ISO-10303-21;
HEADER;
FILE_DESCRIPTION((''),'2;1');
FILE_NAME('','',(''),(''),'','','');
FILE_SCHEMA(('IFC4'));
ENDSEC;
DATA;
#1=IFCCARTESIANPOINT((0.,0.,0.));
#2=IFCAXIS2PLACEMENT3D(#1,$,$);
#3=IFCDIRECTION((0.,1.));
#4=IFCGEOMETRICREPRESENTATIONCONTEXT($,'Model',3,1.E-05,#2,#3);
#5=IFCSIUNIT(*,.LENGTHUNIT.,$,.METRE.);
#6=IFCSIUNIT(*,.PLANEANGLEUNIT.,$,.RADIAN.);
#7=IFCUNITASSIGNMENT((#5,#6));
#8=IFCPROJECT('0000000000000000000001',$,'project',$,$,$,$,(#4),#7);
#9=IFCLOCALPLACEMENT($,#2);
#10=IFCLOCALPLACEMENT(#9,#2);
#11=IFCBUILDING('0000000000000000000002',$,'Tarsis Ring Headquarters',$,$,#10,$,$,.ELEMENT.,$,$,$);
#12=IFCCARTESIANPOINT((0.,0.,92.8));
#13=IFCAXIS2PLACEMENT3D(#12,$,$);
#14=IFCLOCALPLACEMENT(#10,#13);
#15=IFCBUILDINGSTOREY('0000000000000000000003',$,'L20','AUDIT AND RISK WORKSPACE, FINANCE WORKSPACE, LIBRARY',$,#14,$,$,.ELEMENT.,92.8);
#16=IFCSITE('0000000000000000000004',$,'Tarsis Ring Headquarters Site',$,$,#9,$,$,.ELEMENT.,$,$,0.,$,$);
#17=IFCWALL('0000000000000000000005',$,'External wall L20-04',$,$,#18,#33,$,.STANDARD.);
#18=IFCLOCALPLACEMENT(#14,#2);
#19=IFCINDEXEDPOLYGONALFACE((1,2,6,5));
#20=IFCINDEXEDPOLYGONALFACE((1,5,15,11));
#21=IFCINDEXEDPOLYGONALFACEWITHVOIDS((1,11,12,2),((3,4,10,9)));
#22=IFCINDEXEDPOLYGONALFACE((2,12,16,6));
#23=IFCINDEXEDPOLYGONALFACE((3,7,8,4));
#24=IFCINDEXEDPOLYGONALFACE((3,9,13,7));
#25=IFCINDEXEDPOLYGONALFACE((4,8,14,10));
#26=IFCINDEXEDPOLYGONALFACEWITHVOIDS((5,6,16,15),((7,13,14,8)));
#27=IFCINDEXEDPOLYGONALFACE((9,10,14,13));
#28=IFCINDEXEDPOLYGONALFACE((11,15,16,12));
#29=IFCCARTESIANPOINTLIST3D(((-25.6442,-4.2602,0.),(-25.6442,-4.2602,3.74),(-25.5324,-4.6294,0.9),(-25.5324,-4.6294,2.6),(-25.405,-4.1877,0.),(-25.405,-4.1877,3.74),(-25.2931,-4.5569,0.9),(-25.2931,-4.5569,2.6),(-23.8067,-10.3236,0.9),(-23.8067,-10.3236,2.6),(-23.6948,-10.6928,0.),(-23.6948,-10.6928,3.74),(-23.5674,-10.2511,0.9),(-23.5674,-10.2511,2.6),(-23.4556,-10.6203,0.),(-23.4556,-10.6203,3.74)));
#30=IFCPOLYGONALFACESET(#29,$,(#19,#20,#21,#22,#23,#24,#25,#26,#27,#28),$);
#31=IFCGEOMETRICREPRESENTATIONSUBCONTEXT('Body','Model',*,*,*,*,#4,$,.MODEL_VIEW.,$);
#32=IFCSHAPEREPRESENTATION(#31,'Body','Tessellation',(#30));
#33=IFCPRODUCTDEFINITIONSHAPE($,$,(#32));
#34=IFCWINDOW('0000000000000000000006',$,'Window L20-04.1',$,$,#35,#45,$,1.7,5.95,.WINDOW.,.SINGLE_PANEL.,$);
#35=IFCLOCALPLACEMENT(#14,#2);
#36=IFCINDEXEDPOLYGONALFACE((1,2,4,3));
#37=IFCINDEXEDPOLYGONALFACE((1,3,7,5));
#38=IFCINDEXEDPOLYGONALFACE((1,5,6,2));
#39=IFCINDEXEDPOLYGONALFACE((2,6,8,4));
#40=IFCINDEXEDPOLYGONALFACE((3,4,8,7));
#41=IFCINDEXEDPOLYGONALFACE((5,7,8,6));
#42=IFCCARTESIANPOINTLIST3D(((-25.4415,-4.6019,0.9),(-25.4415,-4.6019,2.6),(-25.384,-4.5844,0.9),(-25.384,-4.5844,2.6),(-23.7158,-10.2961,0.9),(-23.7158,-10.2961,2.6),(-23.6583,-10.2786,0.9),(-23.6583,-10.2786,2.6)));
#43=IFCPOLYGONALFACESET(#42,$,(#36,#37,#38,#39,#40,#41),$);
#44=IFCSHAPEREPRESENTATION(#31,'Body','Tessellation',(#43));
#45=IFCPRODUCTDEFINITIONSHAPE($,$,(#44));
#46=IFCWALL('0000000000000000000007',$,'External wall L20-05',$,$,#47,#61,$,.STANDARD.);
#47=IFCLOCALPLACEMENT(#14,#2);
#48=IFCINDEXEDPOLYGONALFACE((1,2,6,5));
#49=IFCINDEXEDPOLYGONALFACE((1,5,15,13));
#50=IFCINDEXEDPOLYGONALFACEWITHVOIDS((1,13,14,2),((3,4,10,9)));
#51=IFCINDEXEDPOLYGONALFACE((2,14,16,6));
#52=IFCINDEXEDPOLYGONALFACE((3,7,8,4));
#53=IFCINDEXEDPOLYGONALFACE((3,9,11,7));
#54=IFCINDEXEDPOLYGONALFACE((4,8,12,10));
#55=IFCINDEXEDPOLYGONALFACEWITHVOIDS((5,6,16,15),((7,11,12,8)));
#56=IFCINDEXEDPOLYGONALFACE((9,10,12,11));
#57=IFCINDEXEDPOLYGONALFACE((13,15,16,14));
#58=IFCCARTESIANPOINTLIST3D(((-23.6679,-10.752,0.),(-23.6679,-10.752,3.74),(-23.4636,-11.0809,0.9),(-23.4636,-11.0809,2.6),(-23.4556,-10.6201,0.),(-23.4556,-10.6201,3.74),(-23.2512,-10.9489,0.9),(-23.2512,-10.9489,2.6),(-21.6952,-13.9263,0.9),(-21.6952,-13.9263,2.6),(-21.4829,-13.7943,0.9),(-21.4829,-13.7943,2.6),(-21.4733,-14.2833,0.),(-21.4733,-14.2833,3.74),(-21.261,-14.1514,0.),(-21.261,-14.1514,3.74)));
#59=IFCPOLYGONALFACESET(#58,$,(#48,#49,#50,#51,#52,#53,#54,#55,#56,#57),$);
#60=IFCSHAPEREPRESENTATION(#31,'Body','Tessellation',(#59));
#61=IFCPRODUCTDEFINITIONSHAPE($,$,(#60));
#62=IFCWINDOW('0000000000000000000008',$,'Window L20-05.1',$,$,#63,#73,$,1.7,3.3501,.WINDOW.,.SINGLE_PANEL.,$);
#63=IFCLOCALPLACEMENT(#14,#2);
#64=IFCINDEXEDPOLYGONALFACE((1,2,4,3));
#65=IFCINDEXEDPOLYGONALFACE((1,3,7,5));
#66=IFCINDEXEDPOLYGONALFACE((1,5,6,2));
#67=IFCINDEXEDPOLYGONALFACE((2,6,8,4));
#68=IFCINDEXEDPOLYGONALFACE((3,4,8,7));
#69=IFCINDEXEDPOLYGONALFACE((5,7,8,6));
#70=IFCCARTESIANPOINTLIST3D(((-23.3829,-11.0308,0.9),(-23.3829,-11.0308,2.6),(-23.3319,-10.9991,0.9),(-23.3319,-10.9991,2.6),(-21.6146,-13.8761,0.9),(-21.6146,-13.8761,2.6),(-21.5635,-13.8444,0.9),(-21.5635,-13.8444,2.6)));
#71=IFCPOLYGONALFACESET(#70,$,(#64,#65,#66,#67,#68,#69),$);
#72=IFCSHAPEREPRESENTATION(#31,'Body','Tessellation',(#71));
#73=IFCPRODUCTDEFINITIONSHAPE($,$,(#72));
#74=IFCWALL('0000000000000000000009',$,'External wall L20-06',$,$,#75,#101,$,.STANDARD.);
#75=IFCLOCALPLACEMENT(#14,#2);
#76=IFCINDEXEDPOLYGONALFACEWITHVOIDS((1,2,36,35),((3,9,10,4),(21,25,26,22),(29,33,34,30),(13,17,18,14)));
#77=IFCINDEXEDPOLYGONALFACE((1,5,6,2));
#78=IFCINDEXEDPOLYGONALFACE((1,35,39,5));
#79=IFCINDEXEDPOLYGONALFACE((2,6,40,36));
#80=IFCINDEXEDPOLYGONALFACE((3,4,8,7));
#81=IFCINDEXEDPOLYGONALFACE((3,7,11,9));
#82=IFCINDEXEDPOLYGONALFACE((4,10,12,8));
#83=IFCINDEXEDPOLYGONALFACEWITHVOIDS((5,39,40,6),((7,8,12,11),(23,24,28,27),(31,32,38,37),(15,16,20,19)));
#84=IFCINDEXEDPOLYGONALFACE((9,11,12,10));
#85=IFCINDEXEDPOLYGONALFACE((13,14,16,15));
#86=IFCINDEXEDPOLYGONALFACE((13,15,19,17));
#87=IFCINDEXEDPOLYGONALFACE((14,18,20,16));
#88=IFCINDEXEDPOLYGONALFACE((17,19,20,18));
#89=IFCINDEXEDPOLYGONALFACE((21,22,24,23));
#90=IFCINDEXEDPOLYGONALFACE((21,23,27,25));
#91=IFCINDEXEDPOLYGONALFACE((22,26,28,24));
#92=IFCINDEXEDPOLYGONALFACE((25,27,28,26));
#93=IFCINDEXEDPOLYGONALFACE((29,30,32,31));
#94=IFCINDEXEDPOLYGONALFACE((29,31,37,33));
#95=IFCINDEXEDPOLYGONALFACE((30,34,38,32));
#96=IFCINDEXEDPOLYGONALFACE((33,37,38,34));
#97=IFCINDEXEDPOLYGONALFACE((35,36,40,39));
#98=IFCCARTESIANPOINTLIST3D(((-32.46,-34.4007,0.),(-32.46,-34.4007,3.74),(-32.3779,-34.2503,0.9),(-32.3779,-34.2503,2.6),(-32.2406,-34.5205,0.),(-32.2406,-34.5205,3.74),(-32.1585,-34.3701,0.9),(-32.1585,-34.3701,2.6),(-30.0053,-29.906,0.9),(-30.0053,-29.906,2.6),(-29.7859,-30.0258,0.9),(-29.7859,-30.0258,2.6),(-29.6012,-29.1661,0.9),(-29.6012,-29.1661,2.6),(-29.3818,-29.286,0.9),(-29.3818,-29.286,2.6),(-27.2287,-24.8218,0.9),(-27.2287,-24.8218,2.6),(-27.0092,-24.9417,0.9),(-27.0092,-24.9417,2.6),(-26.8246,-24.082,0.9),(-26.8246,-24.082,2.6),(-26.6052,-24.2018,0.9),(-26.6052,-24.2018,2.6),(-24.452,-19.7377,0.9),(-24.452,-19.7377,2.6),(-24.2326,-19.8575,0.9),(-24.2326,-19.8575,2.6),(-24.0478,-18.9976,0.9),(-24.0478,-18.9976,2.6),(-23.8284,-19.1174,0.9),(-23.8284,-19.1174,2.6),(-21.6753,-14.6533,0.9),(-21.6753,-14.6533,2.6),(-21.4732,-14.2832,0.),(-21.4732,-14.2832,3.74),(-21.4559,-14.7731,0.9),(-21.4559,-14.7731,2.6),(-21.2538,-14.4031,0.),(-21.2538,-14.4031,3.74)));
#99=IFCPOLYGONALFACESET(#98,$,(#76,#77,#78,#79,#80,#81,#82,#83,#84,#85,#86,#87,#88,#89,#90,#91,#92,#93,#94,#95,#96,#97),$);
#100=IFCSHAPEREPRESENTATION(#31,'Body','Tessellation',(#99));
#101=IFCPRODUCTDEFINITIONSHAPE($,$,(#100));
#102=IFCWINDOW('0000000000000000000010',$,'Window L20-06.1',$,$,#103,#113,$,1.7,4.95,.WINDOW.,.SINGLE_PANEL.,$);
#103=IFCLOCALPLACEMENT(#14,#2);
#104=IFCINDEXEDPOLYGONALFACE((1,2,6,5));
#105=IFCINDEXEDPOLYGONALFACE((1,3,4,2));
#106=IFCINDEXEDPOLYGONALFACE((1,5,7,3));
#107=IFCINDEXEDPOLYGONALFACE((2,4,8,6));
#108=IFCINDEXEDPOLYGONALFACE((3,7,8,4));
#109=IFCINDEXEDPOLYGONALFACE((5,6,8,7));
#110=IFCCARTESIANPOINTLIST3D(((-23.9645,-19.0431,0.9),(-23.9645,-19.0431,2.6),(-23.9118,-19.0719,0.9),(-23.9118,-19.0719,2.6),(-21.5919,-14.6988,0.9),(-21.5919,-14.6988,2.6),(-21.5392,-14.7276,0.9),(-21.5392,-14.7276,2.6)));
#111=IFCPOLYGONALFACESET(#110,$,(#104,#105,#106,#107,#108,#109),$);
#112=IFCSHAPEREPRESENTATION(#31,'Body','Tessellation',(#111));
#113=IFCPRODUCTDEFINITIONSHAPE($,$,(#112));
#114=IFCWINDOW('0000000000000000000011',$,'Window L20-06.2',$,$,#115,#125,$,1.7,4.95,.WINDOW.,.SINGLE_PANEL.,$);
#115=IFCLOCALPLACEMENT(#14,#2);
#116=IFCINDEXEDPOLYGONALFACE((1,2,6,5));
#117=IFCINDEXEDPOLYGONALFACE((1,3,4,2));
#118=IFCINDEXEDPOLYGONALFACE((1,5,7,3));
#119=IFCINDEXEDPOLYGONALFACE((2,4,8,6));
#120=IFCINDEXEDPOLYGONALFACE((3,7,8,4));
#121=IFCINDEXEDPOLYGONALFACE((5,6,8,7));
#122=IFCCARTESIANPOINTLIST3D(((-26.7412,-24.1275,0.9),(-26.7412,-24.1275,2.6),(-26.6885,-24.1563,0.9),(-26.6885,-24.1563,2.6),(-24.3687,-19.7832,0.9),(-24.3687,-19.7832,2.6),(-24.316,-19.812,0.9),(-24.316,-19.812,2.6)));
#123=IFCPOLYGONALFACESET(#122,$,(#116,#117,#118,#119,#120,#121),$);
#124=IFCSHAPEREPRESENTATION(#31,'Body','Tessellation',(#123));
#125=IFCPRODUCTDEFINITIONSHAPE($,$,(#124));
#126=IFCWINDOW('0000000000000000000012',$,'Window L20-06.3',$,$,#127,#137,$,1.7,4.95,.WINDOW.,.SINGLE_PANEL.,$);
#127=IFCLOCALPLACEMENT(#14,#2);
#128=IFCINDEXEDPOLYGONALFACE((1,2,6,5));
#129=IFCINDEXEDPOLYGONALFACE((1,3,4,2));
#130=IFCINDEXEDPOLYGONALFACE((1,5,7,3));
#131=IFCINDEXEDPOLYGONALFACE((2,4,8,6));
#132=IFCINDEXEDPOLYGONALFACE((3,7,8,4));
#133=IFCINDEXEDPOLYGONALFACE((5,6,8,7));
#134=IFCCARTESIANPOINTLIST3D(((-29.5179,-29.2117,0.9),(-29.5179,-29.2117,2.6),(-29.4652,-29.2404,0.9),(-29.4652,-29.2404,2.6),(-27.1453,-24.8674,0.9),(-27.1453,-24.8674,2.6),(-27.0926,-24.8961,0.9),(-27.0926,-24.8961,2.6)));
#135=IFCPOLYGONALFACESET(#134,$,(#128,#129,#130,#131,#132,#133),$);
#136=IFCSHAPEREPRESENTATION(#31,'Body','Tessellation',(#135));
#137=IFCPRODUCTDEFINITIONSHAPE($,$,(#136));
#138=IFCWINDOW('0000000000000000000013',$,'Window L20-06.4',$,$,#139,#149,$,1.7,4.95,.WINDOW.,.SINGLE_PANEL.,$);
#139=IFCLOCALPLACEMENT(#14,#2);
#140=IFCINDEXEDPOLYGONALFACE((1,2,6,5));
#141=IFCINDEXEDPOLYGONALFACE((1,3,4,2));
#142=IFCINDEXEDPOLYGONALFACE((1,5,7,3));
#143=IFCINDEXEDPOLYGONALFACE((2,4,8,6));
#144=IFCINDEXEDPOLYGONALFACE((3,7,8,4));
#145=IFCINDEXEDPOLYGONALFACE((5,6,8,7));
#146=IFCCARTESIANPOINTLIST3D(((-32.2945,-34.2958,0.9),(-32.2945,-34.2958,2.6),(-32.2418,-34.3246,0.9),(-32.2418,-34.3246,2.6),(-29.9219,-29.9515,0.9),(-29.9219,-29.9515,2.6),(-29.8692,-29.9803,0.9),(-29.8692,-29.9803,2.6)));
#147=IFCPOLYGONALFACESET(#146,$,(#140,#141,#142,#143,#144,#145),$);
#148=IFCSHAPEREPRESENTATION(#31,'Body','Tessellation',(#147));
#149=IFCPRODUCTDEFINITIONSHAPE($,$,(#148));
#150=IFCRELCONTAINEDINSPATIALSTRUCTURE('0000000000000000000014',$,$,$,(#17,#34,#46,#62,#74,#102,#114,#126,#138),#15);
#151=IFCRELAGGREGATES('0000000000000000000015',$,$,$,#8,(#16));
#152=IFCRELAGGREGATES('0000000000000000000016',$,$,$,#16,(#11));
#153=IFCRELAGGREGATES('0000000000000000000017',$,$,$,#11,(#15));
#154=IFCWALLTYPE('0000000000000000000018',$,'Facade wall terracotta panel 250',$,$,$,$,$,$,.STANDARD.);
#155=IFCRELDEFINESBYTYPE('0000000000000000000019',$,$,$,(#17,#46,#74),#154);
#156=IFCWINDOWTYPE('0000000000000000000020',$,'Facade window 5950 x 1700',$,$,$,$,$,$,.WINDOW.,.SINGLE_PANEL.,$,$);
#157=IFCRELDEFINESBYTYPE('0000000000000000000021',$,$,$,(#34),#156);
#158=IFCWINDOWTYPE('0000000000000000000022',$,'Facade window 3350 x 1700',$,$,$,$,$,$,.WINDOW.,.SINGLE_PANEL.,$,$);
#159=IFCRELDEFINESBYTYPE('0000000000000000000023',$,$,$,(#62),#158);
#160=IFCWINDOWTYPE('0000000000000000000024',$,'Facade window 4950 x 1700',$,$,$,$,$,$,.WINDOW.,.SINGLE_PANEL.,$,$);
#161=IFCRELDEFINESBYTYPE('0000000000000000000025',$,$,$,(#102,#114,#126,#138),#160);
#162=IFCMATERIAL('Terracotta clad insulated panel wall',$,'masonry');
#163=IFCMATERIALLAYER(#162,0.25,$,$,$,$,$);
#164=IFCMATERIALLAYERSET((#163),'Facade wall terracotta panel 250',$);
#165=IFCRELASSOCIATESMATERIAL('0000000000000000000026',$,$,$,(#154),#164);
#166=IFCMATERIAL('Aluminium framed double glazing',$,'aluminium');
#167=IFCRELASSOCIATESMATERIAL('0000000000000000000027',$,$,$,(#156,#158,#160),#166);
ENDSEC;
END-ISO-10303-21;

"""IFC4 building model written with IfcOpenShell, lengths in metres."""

from ifc_helpers import new_model, si_unit, direction, frame, frame_2d, origin, place, context, subcontext, project, spatial, rectangle, extrude, material, layer, layer_set, type_object, element, fill, save


model = new_model("IFC4")

# Units and contexts
model_context = context("Model", 3, precision=1e-05, world=origin(), true_north=direction((0.0, 1.0)))
body_context = subcontext(model_context, "Body", "Model", "MODEL_VIEW")
ifc_project = project(units=[si_unit("LENGTHUNIT", "METRE"), si_unit("PLANEANGLEUNIT", "RADIAN")], contexts=[model_context])

# Site, building, storey
site_placement = place(None, origin())
site = spatial("IfcSite", under=ifc_project, at=site_placement, Name="Tarsis Ring Headquarters Site", CompositionType="ELEMENT", RefElevation=0.0)
building_placement = place(site_placement, origin())
building = spatial("IfcBuilding", under=site, at=building_placement, Name="Tarsis Ring Headquarters", CompositionType="ELEMENT")
storey_placement = place(building_placement, frame((0.0, 0.0, 92.8)))
storey = spatial("IfcBuildingStorey", under=building, at=storey_placement, Name="L20", Description="AUDIT AND RISK WORKSPACE, FINANCE WORKSPACE, LIBRARY", CompositionType="ELEMENT", Elevation=92.8)

# Walls, openings, windows
ifc_material_1 = material(Name="Terracotta clad insulated panel wall", Category="masonry")
ifc_layer_1 = layer(ifc_material_1, 0.25)
ifc_layer_set_1 = layer_set([ifc_layer_1], Name="Facade wall terracotta panel 250")
wall_type_1 = type_object("IfcWallType", Name="Facade wall terracotta panel 250", PredefinedType="STANDARD", material=ifc_layer_set_1)
wall_1_placement = place(storey_placement, frame((-25.5247, -4.2239, 0.0), z_axis=(0.0, 0.0, 1.0), x_axis=(0.290033, -0.957017, 0.0)))
wall_1 = element("IfcWall", 1, at=wall_1_placement, inside=storey, type_object=wall_type_1, Name="External wall L20-04", PredefinedType="STANDARD", context=body_context, shape_type="SweptSolid", body=[
    extrude(rectangle(XDim=6.7214, YDim=0.25, at=frame_2d((3.3608, 0.0))), origin(), (0.0, 0.0, 1.0), 3.74),
])
opening_1_placement = place(wall_1_placement, frame((0.3857, 0.0, 0.8999)))
opening_1 = element("IfcOpeningElement", 2, at=opening_1_placement, cuts=wall_1, PredefinedType="OPENING", context=body_context, shape_type="SweptSolid", body=[
    extrude(rectangle(XDim=5.95, YDim=1.7, at=frame_2d((2.9751, 0.8501))), frame((0.0, 0.135, 0.0), z_axis=(0.0, -1.0, 0.0), x_axis=(1.0, 0.0, 0.0)), (0.0, 0.0, 1.0), 0.27),
])
ifc_material_2 = material(Name="Aluminium framed double glazing", Category="aluminium")
window_type_1 = type_object("IfcWindowType", Name="Facade window 5950 x 1700", PartitioningType="SINGLE_PANEL", PredefinedType="WINDOW", material=ifc_material_2)
window_1_placement = place(opening_1_placement, origin())
window_1 = element("IfcWindow", 3, at=window_1_placement, inside=storey, type_object=window_type_1, Name="Window L20-04.1", OverallHeight=1.7, OverallWidth=5.95, PartitioningType="SINGLE_PANEL", PredefinedType="WINDOW", context=body_context, shape_type="SweptSolid", body=[
    extrude(rectangle(XDim=5.95, YDim=1.7, at=frame_2d((2.9751, 0.8501))), frame((0.0, 0.03, 0.0), z_axis=(0.0, -1.0, 0.0), x_axis=(1.0, 0.0, 0.0)), (0.0, 0.0, 1.0), 0.0601),
])
fill(opening_1, window_1)
wall_2_placement = place(storey_placement, frame((-23.5618, -10.686, 0.0), z_axis=(0.0, 0.0, 1.0), x_axis=(0.527844, -0.849342, 0.0)))
wall_2 = element("IfcWall", 4, at=wall_2_placement, inside=storey, type_object=wall_type_1, Name="External wall L20-05", PredefinedType="STANDARD", context=body_context, shape_type="SweptSolid", body=[
    extrude(rectangle(XDim=4.1577, YDim=0.25, at=frame_2d((2.0789, 0.0))), origin(), (0.0, 0.0, 1.0), 3.74),
])
opening_2_placement = place(wall_2_placement, frame((0.3872, 0.0, 0.8999)))
opening_2 = element("IfcOpeningElement", 5, at=opening_2_placement, cuts=wall_2, PredefinedType="OPENING", context=body_context, shape_type="SweptSolid", body=[
    extrude(rectangle(XDim=3.3501, YDim=1.7, at=frame_2d((1.675, 0.8501))), frame((0.0, 0.135, 0.0), z_axis=(0.0, -1.0, 0.0), x_axis=(1.0, 0.0, 0.0)), (0.0, 0.0, 1.0), 0.27),
])
window_type_2 = type_object("IfcWindowType", Name="Facade window 3350 x 1700", PartitioningType="SINGLE_PANEL", PredefinedType="WINDOW", material=ifc_material_2)
window_2_placement = place(opening_2_placement, origin())
window_2 = element("IfcWindow", 6, at=window_2_placement, inside=storey, type_object=window_type_2, Name="Window L20-05.1", OverallHeight=1.7, OverallWidth=3.3501, PartitioningType="SINGLE_PANEL", PredefinedType="WINDOW", context=body_context, shape_type="SweptSolid", body=[
    extrude(rectangle(XDim=3.3501, YDim=1.7, at=frame_2d((1.675, 0.8501))), frame((0.0, 0.03, 0.0), z_axis=(0.0, -1.0, 0.0), x_axis=(1.0, 0.0, 0.0)), (0.0, 0.0, 1.0), 0.0601),
])
fill(opening_2, window_2)

# Wall, openings, windows
wall_3_placement = place(storey_placement, frame((-21.3635, -14.3433, 0.0), z_axis=(0.0, 0.0, 1.0), x_axis=(-0.479312, -0.877645, 0.0)))
wall_3 = element("IfcWall", 7, at=wall_3_placement, inside=storey, type_object=wall_type_1, Name="External wall L20-06", PredefinedType="STANDARD", context=body_context, shape_type="SweptSolid", body=[
    extrude(rectangle(XDim=22.9221, YDim=0.25, at=frame_2d((11.4609, 0.0))), origin(), (0.0, 0.0, 1.0), 3.74),
])
opening_3_placement = place(wall_3_placement, frame((0.4214, 0.0, 0.8999)))
opening_3 = element("IfcOpeningElement", 8, at=opening_3_placement, cuts=wall_3, PredefinedType="OPENING", context=body_context, shape_type="SweptSolid", body=[
    extrude(rectangle(XDim=4.95, YDim=1.7, at=frame_2d((2.4751, 0.8501))), frame((0.0, 0.135, 0.0), z_axis=(0.0, -1.0, 0.0), x_axis=(1.0, 0.0, 0.0)), (0.0, 0.0, 1.0), 0.27),
])
opening_4_placement = place(wall_3_placement, frame((6.2146, 0.0, 0.8999)))
opening_4 = element("IfcOpeningElement", 9, at=opening_4_placement, cuts=wall_3, PredefinedType="OPENING", context=body_context, shape_type="SweptSolid", body=[
    extrude(rectangle(XDim=4.95, YDim=1.7, at=frame_2d((2.4751, 0.8501))), frame((0.0, 0.135, 0.0), z_axis=(0.0, -1.0, 0.0), x_axis=(1.0, 0.0, 0.0)), (0.0, 0.0, 1.0), 0.27),
])
opening_5_placement = place(wall_3_placement, frame((12.0076, 0.0, 0.8999)))
opening_5 = element("IfcOpeningElement", 10, at=opening_5_placement, cuts=wall_3, PredefinedType="OPENING", context=body_context, shape_type="SweptSolid", body=[
    extrude(rectangle(XDim=4.95, YDim=1.7, at=frame_2d((2.4751, 0.8501))), frame((0.0, 0.135, 0.0), z_axis=(0.0, -1.0, 0.0), x_axis=(1.0, 0.0, 0.0)), (0.0, 0.0, 1.0), 0.27),
])
opening_6_placement = place(wall_3_placement, frame((17.8005, 0.0, 0.8999)))
opening_6 = element("IfcOpeningElement", 11, at=opening_6_placement, cuts=wall_3, PredefinedType="OPENING", context=body_context, shape_type="SweptSolid", body=[
    extrude(rectangle(XDim=4.95, YDim=1.7, at=frame_2d((2.4751, 0.8501))), frame((0.0, 0.135, 0.0), z_axis=(0.0, -1.0, 0.0), x_axis=(1.0, 0.0, 0.0)), (0.0, 0.0, 1.0), 0.27),
])
window_type_3 = type_object("IfcWindowType", Name="Facade window 4950 x 1700", PartitioningType="SINGLE_PANEL", PredefinedType="WINDOW", material=ifc_material_2)
window_3_placement = place(opening_3_placement, origin())
window_3 = element("IfcWindow", 12, at=window_3_placement, inside=storey, type_object=window_type_3, Name="Window L20-06.1", OverallHeight=1.7, OverallWidth=4.95, PartitioningType="SINGLE_PANEL", PredefinedType="WINDOW", context=body_context, shape_type="SweptSolid", body=[
    extrude(rectangle(XDim=4.95, YDim=1.7, at=frame_2d((2.4751, 0.8501))), frame((0.0, 0.03, 0.0), z_axis=(0.0, -1.0, 0.0), x_axis=(1.0, 0.0, 0.0)), (0.0, 0.0, 1.0), 0.0601),
])
fill(opening_3, window_3)
window_4_placement = place(opening_4_placement, origin())
window_4 = element("IfcWindow", 13, at=window_4_placement, inside=storey, type_object=window_type_3, Name="Window L20-06.2", OverallHeight=1.7, OverallWidth=4.95, PartitioningType="SINGLE_PANEL", PredefinedType="WINDOW", context=body_context, shape_type="SweptSolid", body=[
    extrude(rectangle(XDim=4.95, YDim=1.7, at=frame_2d((2.4751, 0.8501))), frame((0.0, 0.03, 0.0), z_axis=(0.0, -1.0, 0.0), x_axis=(1.0, 0.0, 0.0)), (0.0, 0.0, 1.0), 0.0601),
])
fill(opening_4, window_4)
window_5_placement = place(opening_5_placement, origin())
window_5 = element("IfcWindow", 14, at=window_5_placement, inside=storey, type_object=window_type_3, Name="Window L20-06.3", OverallHeight=1.7, OverallWidth=4.95, PartitioningType="SINGLE_PANEL", PredefinedType="WINDOW", context=body_context, shape_type="SweptSolid", body=[
    extrude(rectangle(XDim=4.95, YDim=1.7, at=frame_2d((2.4751, 0.8501))), frame((0.0, 0.03, 0.0), z_axis=(0.0, -1.0, 0.0), x_axis=(1.0, 0.0, 0.0)), (0.0, 0.0, 1.0), 0.0601),
])
fill(opening_5, window_5)
window_6_placement = place(opening_6_placement, origin())
window_6 = element("IfcWindow", 15, at=window_6_placement, inside=storey, type_object=window_type_3, Name="Window L20-06.4", OverallHeight=1.7, OverallWidth=4.95, PartitioningType="SINGLE_PANEL", PredefinedType="WINDOW", context=body_context, shape_type="SweptSolid", body=[
    extrude(rectangle(XDim=4.95, YDim=1.7, at=frame_2d((2.4751, 0.8501))), frame((0.0, 0.03, 0.0), z_axis=(0.0, -1.0, 0.0), x_axis=(1.0, 0.0, 0.0)), (0.0, 0.0, 1.0), 0.0601),
])
fill(opening_6, window_6)

save(model, "model.ifc")
